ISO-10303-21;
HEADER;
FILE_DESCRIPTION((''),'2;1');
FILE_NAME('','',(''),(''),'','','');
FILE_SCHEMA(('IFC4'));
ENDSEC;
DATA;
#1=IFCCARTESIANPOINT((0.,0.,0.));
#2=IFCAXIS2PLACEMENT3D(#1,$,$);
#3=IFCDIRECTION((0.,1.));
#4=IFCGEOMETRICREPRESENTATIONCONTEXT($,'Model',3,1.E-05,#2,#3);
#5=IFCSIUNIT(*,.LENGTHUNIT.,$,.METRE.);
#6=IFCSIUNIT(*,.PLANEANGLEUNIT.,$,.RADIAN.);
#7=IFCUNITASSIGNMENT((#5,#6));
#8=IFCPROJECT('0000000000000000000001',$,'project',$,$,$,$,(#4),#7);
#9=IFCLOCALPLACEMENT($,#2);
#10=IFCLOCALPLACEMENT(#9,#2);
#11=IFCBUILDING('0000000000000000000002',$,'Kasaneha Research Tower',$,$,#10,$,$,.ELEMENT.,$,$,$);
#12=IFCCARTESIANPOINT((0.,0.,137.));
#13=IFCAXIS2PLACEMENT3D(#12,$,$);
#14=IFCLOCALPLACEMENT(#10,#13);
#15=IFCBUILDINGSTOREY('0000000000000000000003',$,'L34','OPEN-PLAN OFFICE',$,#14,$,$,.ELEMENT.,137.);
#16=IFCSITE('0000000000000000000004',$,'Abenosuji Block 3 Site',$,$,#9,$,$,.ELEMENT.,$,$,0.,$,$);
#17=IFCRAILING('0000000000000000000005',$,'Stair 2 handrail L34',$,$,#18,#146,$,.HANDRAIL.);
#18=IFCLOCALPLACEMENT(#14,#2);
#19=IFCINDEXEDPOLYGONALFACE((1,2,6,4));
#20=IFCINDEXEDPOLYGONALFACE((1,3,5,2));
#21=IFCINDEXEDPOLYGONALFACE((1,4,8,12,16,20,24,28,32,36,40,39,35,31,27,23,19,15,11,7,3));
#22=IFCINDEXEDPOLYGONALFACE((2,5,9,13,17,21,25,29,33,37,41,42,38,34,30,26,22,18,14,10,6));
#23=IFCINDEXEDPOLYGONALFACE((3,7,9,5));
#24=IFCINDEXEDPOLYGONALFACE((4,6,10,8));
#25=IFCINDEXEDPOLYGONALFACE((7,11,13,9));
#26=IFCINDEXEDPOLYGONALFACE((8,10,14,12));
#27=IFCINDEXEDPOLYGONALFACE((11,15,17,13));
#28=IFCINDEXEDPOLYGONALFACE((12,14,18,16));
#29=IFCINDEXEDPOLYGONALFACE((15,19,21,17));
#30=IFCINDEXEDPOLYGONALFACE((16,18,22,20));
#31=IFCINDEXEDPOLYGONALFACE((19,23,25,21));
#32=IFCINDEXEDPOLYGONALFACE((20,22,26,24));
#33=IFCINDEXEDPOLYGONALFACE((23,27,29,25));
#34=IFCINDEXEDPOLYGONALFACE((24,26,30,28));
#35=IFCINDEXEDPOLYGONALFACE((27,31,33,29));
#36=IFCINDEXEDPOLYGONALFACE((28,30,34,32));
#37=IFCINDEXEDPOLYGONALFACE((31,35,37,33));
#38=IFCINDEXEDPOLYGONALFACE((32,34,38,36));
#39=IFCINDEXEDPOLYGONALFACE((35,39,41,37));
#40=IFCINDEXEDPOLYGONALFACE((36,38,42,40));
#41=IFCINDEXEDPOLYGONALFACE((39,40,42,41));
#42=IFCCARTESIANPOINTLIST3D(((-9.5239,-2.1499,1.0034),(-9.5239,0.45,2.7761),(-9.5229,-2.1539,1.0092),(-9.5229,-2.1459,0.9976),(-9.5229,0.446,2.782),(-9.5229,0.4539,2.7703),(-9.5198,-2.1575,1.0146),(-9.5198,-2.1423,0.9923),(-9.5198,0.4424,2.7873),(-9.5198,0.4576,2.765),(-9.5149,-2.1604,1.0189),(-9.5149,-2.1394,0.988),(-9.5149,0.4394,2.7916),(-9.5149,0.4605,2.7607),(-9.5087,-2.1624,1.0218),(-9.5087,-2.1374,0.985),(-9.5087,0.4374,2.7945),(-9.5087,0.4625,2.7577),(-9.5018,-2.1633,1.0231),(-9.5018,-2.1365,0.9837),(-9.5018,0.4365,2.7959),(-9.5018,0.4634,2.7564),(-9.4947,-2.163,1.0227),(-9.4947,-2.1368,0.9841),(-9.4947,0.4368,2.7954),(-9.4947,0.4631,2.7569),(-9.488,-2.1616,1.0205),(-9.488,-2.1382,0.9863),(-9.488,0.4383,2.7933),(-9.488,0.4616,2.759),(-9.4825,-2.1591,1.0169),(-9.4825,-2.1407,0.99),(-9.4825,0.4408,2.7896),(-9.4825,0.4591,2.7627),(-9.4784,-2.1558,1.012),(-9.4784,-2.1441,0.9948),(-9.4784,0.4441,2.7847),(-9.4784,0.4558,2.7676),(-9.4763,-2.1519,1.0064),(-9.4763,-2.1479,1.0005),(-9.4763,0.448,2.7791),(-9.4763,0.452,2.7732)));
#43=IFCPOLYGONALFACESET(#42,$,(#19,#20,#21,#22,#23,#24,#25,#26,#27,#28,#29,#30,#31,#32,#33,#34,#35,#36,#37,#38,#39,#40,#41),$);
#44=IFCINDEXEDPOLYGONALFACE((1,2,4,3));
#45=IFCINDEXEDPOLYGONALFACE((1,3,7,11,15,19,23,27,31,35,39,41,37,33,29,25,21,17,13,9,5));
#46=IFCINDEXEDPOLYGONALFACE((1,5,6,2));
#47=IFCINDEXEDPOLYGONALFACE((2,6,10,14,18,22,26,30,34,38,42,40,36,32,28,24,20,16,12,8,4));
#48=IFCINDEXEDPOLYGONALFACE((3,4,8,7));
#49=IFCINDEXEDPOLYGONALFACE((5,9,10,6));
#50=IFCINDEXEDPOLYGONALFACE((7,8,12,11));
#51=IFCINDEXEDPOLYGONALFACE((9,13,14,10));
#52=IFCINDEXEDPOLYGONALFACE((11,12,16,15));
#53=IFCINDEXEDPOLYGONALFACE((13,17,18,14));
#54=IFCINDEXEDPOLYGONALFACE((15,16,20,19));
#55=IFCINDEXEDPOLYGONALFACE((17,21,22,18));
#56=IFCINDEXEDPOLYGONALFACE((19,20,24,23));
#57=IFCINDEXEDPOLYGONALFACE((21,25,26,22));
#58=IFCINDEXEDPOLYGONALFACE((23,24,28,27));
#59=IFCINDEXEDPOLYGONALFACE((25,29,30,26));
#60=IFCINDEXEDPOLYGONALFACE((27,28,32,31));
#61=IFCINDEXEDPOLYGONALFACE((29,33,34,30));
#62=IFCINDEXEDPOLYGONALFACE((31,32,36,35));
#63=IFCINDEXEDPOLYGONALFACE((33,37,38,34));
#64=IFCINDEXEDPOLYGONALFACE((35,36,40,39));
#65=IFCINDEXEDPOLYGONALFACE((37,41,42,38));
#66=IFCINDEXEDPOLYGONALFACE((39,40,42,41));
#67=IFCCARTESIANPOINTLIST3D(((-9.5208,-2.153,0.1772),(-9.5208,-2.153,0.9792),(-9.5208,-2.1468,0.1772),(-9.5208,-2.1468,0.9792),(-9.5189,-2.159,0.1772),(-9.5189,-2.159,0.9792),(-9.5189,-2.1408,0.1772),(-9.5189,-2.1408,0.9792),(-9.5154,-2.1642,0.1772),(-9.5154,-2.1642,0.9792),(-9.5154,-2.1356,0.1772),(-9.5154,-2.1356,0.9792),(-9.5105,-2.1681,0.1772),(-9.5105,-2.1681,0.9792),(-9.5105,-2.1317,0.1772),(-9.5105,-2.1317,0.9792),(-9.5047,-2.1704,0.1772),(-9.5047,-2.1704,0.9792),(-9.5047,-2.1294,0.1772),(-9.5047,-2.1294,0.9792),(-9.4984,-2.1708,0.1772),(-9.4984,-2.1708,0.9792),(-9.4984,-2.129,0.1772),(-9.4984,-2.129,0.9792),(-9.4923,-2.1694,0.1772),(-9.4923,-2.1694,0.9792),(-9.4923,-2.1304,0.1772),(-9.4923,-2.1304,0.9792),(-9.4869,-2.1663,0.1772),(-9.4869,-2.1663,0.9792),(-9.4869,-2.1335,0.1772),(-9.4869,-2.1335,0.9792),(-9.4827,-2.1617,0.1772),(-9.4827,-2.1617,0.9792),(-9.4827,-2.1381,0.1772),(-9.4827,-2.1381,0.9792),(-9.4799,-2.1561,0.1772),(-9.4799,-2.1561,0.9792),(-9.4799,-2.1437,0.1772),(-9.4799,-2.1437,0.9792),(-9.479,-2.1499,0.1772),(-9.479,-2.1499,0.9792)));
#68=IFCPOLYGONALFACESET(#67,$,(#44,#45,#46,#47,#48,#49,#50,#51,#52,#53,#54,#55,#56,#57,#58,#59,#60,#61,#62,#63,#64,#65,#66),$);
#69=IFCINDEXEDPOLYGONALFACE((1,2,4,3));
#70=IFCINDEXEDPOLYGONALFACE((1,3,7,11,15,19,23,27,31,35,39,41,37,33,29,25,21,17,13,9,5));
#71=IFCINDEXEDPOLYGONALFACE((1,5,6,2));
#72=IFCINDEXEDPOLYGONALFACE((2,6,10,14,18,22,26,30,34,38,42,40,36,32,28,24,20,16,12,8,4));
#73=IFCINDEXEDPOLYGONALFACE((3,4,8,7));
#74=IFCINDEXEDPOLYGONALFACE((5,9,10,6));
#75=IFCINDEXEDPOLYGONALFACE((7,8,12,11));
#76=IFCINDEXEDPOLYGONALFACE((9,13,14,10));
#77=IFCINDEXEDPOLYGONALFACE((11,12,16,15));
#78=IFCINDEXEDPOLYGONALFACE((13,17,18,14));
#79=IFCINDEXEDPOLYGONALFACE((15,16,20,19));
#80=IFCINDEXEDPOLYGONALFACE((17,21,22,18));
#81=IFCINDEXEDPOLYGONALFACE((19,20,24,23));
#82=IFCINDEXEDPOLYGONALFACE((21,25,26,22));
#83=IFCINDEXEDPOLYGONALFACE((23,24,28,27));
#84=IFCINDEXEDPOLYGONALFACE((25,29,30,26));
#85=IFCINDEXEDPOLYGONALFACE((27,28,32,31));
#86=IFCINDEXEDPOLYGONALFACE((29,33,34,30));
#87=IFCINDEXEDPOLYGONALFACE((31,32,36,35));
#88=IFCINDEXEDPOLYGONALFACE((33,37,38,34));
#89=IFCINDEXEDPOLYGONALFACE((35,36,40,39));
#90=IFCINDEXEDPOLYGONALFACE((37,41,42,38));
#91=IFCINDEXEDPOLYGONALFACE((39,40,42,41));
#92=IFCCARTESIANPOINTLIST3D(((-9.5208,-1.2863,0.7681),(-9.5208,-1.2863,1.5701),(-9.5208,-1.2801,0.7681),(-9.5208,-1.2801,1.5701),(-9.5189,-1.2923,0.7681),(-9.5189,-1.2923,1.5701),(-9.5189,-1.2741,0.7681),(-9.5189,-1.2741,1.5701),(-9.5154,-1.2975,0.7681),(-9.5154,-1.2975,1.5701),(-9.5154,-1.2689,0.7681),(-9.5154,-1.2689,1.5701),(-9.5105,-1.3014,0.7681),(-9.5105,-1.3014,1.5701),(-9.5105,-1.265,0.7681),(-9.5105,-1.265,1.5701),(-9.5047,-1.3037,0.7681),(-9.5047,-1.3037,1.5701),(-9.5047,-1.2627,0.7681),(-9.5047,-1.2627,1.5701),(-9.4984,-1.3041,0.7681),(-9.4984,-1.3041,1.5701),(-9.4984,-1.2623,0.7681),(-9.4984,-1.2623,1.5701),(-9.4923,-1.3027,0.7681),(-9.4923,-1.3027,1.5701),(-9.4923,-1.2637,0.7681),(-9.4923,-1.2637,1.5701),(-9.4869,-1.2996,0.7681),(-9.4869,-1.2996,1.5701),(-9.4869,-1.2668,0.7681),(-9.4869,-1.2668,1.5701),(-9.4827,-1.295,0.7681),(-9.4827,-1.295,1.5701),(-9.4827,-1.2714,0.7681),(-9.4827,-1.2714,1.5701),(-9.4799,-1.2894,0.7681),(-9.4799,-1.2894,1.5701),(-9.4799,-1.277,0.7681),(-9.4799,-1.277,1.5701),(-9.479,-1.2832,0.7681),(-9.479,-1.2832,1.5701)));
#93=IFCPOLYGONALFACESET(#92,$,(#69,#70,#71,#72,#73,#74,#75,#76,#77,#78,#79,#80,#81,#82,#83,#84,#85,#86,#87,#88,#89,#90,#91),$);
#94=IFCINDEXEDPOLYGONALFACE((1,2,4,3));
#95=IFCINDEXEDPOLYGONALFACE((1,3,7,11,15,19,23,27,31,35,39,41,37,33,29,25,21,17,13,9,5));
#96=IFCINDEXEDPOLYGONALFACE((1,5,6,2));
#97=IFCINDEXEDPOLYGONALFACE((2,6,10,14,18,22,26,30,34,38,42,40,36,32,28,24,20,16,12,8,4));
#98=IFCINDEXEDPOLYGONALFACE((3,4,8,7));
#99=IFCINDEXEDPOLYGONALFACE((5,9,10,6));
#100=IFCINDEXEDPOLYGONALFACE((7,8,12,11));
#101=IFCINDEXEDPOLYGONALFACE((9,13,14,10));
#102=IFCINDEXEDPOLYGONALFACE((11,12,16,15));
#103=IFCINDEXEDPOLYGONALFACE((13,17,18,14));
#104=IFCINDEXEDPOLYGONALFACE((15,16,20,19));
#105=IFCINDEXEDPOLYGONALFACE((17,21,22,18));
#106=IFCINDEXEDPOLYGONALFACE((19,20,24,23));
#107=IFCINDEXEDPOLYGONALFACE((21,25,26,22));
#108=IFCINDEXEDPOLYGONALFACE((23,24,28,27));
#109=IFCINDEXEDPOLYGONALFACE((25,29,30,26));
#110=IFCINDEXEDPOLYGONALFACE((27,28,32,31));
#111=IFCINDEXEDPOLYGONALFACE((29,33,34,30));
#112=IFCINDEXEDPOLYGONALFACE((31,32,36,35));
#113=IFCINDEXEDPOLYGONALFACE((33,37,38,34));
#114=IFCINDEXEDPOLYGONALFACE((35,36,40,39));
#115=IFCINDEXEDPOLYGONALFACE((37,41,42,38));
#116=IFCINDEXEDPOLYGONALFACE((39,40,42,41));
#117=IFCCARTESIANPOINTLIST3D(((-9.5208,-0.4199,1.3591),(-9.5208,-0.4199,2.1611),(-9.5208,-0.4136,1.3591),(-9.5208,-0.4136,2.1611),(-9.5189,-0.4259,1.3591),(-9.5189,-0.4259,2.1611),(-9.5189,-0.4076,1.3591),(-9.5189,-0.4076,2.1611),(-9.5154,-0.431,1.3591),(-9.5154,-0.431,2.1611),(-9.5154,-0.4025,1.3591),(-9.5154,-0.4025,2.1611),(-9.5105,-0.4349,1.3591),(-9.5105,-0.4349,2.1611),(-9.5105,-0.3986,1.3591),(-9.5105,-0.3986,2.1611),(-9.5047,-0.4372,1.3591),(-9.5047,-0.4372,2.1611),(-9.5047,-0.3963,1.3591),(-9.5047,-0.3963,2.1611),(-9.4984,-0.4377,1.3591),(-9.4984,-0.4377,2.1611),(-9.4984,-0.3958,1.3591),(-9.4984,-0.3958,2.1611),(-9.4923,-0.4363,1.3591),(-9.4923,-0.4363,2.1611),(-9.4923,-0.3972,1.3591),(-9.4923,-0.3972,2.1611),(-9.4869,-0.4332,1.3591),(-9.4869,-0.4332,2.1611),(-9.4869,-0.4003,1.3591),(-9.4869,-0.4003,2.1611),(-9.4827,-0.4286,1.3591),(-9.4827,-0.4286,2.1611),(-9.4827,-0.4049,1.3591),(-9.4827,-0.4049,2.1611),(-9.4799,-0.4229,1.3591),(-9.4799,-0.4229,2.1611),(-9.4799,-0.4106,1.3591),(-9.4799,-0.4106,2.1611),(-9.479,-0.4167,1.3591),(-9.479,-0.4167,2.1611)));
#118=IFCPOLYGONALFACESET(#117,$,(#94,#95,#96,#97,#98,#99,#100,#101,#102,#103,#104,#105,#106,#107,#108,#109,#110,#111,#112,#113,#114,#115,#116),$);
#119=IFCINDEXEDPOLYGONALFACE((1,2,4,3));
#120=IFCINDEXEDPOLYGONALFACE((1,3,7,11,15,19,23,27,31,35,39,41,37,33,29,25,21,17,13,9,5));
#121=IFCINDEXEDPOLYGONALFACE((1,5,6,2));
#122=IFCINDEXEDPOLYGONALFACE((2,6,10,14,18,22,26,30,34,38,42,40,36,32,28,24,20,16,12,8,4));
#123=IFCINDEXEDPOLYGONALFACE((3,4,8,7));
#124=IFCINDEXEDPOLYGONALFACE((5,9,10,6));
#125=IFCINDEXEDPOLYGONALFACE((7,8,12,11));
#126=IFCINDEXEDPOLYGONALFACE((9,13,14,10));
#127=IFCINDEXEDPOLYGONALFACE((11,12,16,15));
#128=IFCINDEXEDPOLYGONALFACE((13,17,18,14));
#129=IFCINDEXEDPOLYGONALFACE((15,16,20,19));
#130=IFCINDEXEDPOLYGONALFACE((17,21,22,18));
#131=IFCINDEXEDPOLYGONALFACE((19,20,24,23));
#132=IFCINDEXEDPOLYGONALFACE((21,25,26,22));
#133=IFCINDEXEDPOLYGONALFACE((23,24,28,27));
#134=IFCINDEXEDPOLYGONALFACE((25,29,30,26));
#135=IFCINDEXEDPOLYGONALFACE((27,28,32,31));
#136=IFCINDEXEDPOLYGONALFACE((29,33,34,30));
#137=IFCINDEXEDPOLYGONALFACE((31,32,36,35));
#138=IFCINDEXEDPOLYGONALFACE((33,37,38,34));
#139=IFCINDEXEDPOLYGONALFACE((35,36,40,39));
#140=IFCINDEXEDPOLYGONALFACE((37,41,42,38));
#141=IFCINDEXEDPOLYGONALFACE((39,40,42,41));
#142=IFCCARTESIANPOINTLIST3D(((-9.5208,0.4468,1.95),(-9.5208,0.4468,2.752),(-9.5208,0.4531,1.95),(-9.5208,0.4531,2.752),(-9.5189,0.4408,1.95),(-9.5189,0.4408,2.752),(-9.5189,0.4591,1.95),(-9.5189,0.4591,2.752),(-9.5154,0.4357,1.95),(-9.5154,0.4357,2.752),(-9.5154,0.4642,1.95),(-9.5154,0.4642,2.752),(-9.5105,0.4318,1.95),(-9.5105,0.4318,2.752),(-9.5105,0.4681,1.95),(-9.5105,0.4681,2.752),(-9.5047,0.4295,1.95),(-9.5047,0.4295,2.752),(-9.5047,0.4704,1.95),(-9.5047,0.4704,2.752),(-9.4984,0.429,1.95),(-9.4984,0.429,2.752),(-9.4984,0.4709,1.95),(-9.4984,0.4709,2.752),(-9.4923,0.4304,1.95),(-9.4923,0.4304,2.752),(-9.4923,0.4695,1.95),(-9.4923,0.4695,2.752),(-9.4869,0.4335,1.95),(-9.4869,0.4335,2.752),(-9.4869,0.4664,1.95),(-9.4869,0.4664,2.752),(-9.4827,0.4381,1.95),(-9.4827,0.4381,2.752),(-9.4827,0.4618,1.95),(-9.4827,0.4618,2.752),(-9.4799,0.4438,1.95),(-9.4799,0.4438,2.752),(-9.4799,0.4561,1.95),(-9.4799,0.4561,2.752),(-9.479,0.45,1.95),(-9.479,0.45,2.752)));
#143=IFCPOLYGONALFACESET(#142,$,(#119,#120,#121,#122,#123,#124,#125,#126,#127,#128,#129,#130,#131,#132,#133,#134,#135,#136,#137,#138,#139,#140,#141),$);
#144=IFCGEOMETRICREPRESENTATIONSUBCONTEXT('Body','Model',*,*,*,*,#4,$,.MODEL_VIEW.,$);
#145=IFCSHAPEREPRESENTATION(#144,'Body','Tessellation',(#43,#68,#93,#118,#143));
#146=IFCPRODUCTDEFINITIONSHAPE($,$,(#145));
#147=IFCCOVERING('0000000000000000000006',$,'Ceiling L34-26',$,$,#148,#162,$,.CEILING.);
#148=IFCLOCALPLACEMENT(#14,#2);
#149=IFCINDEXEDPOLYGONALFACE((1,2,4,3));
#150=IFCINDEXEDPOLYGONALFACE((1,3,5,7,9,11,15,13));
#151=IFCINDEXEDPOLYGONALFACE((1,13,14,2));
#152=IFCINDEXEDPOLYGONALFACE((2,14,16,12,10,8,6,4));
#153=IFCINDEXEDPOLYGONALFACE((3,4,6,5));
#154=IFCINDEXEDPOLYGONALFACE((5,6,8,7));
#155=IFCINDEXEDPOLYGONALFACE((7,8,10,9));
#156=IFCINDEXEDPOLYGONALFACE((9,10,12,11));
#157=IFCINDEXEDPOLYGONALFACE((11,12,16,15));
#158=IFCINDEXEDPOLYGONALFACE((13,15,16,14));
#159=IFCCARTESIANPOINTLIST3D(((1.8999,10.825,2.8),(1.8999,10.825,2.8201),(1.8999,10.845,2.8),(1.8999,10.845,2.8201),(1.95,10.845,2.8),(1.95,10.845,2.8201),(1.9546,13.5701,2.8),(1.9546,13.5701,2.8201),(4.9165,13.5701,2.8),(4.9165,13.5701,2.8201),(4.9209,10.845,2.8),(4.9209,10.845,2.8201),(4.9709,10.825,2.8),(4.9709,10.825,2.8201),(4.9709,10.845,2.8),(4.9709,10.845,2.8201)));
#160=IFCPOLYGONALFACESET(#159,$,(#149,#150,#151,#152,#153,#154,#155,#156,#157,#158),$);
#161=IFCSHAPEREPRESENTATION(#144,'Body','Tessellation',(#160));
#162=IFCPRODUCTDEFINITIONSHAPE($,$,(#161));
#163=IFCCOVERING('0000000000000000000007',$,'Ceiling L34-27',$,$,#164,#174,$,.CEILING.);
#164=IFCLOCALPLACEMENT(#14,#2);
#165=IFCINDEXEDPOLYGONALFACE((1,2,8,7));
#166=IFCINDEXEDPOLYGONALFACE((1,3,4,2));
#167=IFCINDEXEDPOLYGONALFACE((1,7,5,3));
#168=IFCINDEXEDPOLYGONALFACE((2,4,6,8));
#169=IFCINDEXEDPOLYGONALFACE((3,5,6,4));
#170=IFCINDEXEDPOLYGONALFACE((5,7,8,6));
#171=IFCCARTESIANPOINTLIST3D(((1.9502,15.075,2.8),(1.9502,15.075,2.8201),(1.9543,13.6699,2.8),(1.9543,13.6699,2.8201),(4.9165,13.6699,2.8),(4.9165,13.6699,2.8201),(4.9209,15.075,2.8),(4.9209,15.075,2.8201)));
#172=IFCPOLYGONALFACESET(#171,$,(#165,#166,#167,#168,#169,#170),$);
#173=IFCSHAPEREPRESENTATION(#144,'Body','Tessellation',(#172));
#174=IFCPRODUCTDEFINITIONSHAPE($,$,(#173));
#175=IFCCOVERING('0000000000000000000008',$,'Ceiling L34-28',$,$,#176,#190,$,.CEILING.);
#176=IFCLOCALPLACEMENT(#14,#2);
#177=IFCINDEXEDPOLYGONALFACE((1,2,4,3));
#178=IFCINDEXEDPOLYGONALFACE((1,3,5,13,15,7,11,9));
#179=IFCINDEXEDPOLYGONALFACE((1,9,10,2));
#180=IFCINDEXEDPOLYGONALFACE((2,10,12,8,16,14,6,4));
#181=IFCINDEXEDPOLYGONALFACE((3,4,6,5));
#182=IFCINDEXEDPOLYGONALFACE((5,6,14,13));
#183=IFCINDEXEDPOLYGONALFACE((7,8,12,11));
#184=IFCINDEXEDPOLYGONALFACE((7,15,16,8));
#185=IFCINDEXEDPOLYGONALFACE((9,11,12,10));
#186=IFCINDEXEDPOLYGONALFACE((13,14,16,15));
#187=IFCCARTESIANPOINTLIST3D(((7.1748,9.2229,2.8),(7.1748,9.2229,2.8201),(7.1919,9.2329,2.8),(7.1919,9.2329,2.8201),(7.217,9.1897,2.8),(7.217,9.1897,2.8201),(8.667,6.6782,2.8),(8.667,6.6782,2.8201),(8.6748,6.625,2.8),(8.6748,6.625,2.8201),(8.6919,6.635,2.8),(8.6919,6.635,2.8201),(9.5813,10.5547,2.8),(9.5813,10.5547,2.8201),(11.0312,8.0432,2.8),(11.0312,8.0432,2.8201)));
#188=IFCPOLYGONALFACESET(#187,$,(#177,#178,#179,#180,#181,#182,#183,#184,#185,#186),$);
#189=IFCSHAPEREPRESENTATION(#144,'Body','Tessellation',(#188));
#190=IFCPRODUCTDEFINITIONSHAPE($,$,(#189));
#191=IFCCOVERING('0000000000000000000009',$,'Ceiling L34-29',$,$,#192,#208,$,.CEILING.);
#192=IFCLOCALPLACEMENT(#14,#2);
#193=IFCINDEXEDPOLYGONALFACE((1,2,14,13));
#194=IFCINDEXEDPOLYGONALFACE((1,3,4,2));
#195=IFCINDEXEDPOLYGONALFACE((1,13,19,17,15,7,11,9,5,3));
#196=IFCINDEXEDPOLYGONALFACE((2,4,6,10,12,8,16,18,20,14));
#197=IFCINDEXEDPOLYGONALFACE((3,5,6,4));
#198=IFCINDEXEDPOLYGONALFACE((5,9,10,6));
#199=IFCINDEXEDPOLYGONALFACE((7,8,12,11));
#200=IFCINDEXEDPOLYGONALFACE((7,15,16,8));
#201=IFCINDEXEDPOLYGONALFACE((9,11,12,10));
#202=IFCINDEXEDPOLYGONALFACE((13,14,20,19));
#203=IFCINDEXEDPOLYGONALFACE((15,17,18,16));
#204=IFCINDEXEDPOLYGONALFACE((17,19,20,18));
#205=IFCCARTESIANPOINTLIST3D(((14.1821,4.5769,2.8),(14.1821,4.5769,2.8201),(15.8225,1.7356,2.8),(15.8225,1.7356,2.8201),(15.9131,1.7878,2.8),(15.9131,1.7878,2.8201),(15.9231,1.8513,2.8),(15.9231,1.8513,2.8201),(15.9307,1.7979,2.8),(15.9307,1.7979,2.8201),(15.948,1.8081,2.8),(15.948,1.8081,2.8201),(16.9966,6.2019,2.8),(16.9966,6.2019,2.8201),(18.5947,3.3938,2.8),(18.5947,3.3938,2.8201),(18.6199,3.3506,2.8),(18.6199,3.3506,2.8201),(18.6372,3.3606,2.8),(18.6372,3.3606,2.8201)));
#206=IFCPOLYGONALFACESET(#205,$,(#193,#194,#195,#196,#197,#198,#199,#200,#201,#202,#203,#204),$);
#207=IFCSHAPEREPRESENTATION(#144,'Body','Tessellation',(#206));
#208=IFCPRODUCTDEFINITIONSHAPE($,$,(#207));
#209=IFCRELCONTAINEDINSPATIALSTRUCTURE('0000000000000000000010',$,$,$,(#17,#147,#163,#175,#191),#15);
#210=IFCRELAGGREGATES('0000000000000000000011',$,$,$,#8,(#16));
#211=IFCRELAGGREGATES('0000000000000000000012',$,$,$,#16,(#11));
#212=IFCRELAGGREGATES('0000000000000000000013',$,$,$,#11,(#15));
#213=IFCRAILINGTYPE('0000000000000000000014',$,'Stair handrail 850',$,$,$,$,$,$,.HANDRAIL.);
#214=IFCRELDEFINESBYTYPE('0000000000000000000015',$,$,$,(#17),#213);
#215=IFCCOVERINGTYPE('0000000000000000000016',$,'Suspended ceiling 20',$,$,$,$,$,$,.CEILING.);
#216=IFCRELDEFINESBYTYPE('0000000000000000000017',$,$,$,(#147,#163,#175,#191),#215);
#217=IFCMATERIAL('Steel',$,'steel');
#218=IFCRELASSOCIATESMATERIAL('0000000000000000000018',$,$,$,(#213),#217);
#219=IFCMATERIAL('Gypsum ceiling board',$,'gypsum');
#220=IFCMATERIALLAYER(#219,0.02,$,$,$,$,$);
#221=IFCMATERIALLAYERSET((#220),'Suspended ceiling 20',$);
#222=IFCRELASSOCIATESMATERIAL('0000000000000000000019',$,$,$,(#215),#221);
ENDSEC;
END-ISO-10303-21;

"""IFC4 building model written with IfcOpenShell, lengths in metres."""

from ifc_helpers import new_model, si_unit, direction, frame, origin, origin_2d, place, context, subcontext, project, spatial, polyline, circle, outline, extrude, material, layer, layer_set, type_object, element, save


model = new_model("IFC4")

# Units and contexts
model_context = context("Model", 3, precision=1e-05, world=origin(), true_north=direction((0.0, 1.0)))
body_context = subcontext(model_context, "Body", "Model", "MODEL_VIEW")
ifc_project = project(units=[si_unit("LENGTHUNIT", "METRE"), si_unit("PLANEANGLEUNIT", "RADIAN")], contexts=[model_context])

# Site, building, storey
site_placement = place(None, origin())
site = spatial("IfcSite", under=ifc_project, at=site_placement, Name="Abenosuji Block 3 Site", CompositionType="ELEMENT", RefElevation=0.0)
building_placement = place(site_placement, origin())
building = spatial("IfcBuilding", under=site, at=building_placement, Name="Kasaneha Research Tower", CompositionType="ELEMENT")
storey_placement = place(building_placement, frame((0.0, 0.0, 137.0)))
storey = spatial("IfcBuildingStorey", under=building, at=storey_placement, Name="L34", Description="OPEN-PLAN OFFICE", CompositionType="ELEMENT", Elevation=137.0)

# Railing
ifc_material_1 = material(Name="Steel", Category="steel")
railing_type = type_object("IfcRailingType", Name="Stair handrail 850", PredefinedType="HANDRAIL", material=ifc_material_1)
railing_placement = place(storey_placement, frame((-9.5, -2.1499, 0.1772)))
element("IfcRailing", 1, at=railing_placement, inside=storey, type_object=railing_type, Name="Stair 2 handrail L34", PredefinedType="HANDRAIL", context=body_context, shape_type="SweptSolid", body=[
    extrude(circle(Radius=0.0239, at=origin_2d()), frame((0.0, 0.0, 0.8262), z_axis=(0.0, 0.826216, 0.563354), x_axis=(-1.0, 0.0, 0.0)), (0.0, 0.0, 1.0), 3.1467),
    extrude(circle(Radius=0.021, at=origin_2d()), origin(), (0.0, 0.0, 1.0), 0.802),
    extrude(circle(Radius=0.021, at=origin_2d()), frame((0.0, 0.8667, 0.5908)), (0.0, 0.0, 1.0), 0.802),
    extrude(circle(Radius=0.021, at=origin_2d()), frame((0.0, 1.7332, 1.1819)), (0.0, 0.0, 1.0), 0.802),
    extrude(circle(Radius=0.021, at=origin_2d()), frame((0.0, 2.5999, 1.7727)), (0.0, 0.0, 1.0), 0.802),
])

# Coverings
ifc_material_2 = material(Name="Gypsum ceiling board", Category="gypsum")
ifc_layer_1 = layer(ifc_material_2, 0.02)
ifc_layer_set_1 = layer_set([ifc_layer_1], Name="Suspended ceiling 20")
covering_type_1 = type_object("IfcCoveringType", Name="Suspended ceiling 20", PredefinedType="CEILING", material=ifc_layer_set_1)
covering_1_placement = place(storey_placement, frame((0.0, 0.0, 2.8)))
element("IfcCovering", 2, at=covering_1_placement, inside=storey, type_object=covering_type_1, Name="Ceiling L34-26", PredefinedType="CEILING", context=body_context, shape_type="SweptSolid", body=[
    extrude(outline(polyline([(1.8999, 10.825), (1.8999, 10.845), (1.95, 10.845), (1.9546, 13.5701), (4.9165, 13.5701), (4.9209, 10.845), (4.9709, 10.845), (4.9709, 10.825), (1.8999, 10.825)])), origin(), (0.0, 0.0, 1.0), 0.02),
])
covering_2_placement = place(storey_placement, frame((0.0, 0.0, 2.8)))
element("IfcCovering", 3, at=covering_2_placement, inside=storey, type_object=covering_type_1, Name="Ceiling L34-27", PredefinedType="CEILING", context=body_context, shape_type="SweptSolid", body=[
    extrude(outline(polyline([(4.9165, 13.6699), (1.9543, 13.6699), (1.9502, 15.075), (4.9209, 15.075), (4.9165, 13.6699)])), origin(), (0.0, 0.0, 1.0), 0.02),
])
covering_3_placement = place(storey_placement, frame((0.0, 0.0, 2.8)))
element("IfcCovering", 4, at=covering_3_placement, inside=storey, type_object=covering_type_1, Name="Ceiling L34-28", PredefinedType="CEILING", context=body_context, shape_type="SweptSolid", body=[
    extrude(outline(polyline([(7.1748, 9.2229), (7.1919, 9.2329), (7.217, 9.1897), (9.5813, 10.5547), (11.0312, 8.0432), (8.667, 6.6782), (8.6919, 6.635), (8.6748, 6.625), (7.1748, 9.2229)])), origin(), (0.0, 0.0, 1.0), 0.02),
])
covering_4_placement = place(storey_placement, frame((0.0, 0.0, 2.8)))
element("IfcCovering", 5, at=covering_4_placement, inside=storey, type_object=covering_type_1, Name="Ceiling L34-29", PredefinedType="CEILING", context=body_context, shape_type="SweptSolid", body=[
    extrude(outline(polyline([(18.6372, 3.3606), (18.6199, 3.3506), (18.5947, 3.3938), (15.9231, 1.8513), (15.948, 1.8081), (15.9307, 1.7979), (15.9131, 1.7878), (15.9131, 1.7878), (15.8225, 1.7356), (14.1821, 4.5769), (16.9966, 6.2019), (18.6372, 3.3606)])), origin(), (0.0, 0.0, 1.0), 0.02),
])

save(model, "model.ifc")
